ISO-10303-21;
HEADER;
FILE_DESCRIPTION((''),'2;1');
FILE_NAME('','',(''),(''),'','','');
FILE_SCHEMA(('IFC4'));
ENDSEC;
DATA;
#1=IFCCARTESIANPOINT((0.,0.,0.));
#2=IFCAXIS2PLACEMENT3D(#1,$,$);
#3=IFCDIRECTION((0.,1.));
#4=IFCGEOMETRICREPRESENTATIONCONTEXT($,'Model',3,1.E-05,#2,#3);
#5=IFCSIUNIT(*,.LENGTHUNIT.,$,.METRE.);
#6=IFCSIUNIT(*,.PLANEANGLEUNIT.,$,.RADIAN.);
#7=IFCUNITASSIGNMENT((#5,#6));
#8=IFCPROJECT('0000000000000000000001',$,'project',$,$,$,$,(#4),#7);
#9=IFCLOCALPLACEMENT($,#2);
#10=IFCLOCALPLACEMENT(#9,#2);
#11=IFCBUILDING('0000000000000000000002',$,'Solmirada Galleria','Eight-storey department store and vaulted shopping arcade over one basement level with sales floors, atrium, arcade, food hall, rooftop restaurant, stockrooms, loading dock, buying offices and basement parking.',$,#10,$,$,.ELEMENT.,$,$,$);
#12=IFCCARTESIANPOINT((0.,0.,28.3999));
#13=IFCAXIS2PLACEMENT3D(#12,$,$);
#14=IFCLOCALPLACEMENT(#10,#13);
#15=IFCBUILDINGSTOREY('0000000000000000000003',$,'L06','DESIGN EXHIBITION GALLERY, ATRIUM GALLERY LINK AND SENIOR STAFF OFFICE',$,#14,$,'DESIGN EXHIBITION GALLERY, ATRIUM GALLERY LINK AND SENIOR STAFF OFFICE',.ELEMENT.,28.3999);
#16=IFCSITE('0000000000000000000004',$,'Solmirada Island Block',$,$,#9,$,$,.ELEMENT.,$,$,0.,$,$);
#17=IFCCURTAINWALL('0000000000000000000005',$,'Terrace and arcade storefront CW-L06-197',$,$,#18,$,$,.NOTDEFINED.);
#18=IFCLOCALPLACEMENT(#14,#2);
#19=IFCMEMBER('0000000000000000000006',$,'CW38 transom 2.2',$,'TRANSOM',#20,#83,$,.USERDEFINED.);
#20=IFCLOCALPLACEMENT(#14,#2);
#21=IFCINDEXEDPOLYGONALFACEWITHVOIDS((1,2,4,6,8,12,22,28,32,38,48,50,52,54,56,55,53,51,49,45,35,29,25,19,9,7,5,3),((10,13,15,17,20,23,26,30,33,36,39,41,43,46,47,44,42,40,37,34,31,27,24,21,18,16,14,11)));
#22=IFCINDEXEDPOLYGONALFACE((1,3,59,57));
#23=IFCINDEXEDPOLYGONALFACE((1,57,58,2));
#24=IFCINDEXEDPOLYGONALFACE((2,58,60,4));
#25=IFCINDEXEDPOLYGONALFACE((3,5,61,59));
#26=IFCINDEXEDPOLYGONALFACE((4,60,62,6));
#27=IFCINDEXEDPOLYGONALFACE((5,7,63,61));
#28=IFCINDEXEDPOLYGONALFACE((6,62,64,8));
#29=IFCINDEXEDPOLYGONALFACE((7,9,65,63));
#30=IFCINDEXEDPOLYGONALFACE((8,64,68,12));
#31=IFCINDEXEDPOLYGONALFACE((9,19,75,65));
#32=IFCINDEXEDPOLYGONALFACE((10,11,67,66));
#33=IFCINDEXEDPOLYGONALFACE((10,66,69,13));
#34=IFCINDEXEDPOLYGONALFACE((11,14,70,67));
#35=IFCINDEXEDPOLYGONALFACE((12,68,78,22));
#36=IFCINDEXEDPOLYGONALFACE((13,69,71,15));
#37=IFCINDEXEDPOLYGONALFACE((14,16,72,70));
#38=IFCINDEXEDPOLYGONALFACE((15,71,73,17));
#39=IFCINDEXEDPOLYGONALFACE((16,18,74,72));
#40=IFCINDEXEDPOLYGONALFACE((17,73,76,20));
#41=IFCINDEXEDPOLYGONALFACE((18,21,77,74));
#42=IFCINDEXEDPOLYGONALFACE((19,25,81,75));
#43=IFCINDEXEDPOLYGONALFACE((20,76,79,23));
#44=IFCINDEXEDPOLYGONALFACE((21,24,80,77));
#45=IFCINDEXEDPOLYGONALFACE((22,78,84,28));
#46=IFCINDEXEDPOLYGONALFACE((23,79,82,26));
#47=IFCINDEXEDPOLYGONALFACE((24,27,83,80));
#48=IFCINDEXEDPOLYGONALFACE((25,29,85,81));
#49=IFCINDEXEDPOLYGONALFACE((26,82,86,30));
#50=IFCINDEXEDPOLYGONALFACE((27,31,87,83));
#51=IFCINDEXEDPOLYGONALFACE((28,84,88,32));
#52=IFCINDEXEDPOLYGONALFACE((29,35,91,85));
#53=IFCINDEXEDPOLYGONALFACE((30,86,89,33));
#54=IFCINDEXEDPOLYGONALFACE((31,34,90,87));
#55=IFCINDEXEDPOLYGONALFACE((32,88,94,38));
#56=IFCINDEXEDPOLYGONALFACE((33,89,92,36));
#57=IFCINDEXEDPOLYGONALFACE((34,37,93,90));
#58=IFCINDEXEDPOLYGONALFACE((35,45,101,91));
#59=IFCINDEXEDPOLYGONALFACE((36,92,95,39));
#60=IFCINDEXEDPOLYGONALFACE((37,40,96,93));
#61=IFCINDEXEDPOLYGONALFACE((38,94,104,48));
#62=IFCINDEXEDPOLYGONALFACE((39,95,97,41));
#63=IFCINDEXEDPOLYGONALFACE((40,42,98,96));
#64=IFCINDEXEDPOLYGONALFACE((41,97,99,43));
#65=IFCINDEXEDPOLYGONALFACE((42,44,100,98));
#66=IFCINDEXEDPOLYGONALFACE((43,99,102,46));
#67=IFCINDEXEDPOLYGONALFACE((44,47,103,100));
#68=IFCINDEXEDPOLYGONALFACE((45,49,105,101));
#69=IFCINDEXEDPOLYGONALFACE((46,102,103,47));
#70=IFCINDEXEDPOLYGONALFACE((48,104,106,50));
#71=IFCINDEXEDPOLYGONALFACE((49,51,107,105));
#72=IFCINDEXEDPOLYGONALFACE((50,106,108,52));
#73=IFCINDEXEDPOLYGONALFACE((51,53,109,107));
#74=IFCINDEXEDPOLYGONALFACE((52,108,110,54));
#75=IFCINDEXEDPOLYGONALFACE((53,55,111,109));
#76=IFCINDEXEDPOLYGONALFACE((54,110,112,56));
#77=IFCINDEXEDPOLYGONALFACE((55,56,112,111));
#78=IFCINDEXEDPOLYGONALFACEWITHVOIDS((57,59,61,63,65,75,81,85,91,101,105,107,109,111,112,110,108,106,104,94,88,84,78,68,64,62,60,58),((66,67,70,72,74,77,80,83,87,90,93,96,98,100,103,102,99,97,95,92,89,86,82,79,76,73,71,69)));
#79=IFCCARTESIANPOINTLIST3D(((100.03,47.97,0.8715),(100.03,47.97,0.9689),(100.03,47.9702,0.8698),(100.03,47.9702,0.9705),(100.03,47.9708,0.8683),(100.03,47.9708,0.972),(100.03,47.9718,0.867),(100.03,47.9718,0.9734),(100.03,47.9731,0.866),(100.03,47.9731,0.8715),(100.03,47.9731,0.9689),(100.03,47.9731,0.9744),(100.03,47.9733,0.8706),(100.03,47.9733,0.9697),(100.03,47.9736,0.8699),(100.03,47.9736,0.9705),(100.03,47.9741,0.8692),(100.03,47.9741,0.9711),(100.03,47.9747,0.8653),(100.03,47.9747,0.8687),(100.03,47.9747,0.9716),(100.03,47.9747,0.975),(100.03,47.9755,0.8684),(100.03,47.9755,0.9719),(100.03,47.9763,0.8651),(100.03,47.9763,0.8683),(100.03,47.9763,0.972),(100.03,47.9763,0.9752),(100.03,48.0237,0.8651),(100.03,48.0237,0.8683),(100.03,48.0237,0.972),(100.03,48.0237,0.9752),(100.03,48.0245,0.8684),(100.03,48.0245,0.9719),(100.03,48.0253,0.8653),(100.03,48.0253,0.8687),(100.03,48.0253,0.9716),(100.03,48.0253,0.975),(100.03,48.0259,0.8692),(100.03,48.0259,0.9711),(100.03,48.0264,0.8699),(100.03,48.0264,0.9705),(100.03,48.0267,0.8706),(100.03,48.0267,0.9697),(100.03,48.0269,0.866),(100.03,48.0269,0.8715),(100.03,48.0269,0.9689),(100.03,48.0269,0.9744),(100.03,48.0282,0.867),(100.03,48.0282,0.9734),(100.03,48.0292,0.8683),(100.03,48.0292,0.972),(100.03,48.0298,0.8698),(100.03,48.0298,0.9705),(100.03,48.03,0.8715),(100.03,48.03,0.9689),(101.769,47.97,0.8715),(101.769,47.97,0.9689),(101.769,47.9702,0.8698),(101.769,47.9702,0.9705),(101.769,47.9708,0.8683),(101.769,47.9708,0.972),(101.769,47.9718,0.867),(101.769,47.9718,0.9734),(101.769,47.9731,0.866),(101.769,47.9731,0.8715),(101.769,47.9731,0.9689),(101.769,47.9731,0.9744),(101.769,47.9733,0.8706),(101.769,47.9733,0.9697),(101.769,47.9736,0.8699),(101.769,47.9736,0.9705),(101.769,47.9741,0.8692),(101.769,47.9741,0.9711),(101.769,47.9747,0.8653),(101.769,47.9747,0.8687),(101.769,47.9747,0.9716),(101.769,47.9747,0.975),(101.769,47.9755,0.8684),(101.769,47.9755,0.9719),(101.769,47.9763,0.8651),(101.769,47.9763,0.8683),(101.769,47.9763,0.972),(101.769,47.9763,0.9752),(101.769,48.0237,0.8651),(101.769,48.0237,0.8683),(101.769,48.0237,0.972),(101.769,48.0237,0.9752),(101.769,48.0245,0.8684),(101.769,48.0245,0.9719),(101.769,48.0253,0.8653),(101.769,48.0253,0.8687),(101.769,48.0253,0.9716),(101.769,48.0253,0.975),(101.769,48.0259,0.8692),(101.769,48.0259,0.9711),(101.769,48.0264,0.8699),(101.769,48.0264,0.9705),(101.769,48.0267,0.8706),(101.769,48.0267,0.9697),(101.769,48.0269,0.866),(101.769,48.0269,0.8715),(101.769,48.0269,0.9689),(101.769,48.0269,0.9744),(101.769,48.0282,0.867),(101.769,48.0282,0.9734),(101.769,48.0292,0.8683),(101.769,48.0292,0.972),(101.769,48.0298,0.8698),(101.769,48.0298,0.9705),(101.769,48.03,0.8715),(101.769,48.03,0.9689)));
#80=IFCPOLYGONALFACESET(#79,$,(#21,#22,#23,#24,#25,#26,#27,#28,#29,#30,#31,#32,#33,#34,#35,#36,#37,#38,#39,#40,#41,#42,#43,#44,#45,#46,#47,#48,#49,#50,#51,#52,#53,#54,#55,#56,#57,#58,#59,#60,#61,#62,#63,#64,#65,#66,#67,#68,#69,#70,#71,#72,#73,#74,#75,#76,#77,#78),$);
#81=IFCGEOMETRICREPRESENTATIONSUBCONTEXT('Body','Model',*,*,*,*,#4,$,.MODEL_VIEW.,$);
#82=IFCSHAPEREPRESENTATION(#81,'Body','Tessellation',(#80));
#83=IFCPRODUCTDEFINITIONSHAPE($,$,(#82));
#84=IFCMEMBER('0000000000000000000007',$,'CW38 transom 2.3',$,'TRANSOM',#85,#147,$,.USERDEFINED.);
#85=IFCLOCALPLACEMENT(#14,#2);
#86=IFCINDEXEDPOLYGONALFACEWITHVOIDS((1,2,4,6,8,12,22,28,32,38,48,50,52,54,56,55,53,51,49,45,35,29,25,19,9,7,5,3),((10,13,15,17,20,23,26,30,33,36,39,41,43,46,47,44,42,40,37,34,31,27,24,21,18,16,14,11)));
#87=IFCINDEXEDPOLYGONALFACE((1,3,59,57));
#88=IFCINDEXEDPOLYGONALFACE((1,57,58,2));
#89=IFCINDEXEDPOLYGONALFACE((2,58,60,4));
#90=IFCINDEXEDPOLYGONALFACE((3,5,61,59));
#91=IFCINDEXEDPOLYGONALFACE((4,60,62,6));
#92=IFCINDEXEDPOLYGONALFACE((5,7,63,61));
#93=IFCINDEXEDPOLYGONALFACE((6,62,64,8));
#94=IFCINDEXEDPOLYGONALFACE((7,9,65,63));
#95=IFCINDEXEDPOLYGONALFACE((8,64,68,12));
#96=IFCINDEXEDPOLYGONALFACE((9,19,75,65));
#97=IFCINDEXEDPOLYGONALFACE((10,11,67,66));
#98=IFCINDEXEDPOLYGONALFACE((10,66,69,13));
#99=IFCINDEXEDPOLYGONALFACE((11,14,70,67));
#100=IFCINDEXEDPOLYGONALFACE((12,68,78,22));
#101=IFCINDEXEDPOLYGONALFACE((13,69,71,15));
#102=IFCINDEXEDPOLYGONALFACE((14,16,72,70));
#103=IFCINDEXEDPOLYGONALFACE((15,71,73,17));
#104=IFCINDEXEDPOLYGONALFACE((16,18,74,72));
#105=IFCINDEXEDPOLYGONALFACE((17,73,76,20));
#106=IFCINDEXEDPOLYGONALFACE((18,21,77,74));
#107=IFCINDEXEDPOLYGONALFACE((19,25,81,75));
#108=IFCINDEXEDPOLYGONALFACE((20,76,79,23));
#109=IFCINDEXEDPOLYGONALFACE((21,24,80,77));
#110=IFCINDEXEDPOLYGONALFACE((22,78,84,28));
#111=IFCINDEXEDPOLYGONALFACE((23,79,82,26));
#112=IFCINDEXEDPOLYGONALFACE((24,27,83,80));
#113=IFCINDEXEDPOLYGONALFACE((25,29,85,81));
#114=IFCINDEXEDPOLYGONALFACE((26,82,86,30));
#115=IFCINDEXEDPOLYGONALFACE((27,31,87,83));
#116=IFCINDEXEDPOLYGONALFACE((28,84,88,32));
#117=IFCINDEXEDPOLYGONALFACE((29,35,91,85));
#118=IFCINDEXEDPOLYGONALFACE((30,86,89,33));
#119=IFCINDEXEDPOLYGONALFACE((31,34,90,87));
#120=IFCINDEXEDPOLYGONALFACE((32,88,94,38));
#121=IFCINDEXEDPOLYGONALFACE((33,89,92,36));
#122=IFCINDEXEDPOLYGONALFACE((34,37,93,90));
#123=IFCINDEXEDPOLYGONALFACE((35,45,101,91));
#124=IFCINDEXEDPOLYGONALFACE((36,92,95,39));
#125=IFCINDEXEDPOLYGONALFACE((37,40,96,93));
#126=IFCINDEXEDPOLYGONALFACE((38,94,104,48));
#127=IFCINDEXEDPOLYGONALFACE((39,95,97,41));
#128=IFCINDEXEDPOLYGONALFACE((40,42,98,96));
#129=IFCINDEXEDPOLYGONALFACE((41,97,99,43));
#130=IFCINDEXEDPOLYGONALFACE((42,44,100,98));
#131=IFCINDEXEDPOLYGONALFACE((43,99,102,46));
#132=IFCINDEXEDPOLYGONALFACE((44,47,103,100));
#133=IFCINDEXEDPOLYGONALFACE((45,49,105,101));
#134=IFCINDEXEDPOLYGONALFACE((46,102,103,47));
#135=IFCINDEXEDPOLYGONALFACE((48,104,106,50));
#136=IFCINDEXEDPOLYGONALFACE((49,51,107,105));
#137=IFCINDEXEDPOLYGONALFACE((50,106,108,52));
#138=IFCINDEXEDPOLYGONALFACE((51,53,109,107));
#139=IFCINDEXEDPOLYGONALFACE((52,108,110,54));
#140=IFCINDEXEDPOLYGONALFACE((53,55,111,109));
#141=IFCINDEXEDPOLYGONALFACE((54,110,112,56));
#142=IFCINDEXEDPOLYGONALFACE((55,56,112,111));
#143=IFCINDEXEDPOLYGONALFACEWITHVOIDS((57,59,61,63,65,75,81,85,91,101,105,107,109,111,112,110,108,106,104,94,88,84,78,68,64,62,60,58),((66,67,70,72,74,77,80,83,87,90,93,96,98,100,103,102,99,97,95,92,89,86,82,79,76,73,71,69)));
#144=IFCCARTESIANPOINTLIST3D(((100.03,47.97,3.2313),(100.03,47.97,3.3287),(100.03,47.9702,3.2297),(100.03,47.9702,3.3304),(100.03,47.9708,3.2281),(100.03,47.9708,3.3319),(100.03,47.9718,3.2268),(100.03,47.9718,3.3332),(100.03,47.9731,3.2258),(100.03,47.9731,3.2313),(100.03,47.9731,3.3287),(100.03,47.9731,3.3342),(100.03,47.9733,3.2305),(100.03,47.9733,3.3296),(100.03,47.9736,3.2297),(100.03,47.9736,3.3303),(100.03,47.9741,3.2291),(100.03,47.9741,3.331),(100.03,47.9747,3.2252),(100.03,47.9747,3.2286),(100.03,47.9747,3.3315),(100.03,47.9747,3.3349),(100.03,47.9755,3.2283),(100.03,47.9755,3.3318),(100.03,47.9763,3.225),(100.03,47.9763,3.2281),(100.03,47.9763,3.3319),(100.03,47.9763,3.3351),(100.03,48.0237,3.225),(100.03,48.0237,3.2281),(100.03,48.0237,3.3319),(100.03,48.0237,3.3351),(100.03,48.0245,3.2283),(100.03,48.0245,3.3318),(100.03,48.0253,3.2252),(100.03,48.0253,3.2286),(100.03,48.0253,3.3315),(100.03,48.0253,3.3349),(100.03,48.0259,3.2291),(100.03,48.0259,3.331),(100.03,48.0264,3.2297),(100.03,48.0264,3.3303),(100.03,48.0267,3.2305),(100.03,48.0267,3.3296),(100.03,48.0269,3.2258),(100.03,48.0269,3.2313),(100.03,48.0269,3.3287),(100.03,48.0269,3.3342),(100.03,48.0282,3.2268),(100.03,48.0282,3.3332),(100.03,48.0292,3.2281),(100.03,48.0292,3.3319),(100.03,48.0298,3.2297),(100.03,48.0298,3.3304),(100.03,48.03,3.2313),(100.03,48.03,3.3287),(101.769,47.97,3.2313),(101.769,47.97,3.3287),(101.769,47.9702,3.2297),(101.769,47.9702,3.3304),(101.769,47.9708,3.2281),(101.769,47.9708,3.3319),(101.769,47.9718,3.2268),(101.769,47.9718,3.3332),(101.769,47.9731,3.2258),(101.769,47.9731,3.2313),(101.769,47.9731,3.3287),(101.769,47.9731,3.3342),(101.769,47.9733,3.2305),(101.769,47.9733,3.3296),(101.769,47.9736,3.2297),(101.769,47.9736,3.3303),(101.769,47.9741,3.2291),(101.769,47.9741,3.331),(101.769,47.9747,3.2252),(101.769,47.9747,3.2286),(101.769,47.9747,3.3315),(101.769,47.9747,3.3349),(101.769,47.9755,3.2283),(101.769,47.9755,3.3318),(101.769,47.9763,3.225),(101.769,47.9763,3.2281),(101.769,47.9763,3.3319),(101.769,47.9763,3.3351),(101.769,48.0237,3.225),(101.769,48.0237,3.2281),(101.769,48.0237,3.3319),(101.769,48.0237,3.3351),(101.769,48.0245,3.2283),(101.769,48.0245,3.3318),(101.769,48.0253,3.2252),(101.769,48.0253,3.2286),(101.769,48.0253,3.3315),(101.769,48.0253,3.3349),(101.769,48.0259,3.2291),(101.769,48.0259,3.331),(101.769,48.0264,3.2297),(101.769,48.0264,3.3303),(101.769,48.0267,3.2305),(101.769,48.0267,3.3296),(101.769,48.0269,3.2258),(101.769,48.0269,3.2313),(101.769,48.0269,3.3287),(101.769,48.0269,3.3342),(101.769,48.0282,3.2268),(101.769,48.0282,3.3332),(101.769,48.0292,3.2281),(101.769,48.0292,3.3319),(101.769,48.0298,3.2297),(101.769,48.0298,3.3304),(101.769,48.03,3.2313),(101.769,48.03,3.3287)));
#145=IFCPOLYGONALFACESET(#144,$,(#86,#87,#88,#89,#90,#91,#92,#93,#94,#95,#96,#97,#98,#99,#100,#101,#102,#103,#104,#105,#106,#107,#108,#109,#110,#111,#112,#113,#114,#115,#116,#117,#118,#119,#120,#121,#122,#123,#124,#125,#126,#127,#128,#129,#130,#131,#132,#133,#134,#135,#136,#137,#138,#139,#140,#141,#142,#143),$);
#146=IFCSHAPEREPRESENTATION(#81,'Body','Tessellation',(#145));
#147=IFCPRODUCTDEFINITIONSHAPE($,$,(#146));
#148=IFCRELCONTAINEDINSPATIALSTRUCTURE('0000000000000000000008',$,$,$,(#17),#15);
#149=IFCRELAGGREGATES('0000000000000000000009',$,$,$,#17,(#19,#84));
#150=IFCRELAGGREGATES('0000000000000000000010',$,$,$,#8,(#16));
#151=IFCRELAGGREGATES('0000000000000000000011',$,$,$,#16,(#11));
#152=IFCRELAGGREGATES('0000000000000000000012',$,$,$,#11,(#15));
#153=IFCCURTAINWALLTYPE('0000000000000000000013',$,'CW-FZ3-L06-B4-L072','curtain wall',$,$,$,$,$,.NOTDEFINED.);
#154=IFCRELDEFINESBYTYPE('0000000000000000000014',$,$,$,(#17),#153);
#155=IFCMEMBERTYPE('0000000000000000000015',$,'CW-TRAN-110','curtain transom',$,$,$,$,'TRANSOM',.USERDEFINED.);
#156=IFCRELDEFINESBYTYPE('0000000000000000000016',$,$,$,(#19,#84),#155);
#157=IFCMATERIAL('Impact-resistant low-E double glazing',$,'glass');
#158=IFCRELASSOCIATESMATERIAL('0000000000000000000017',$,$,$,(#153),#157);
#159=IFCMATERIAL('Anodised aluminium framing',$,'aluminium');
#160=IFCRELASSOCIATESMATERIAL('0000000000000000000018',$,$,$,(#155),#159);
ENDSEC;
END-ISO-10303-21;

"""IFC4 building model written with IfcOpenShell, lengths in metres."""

from ifc_helpers import new_model, si_unit, direction, frame, origin, origin_2d, place, context, subcontext, project, spatial, hollow_rectangle, extrude, material, material_profile, profile_set, type_object, element, aggregate, save


model = new_model("IFC4")

# Units and contexts
model_context = context("Model", 3, precision=1e-05, world=origin(), true_north=direction((0.0, 1.0)))
body_context = subcontext(model_context, "Body", "Model", "MODEL_VIEW")
ifc_project = project(units=[si_unit("LENGTHUNIT", "METRE"), si_unit("PLANEANGLEUNIT", "RADIAN")], contexts=[model_context])

# Site, building, storey
site_placement = place(None, origin())
site = spatial("IfcSite", under=ifc_project, at=site_placement, Name="Solmirada Island Block", CompositionType="ELEMENT", RefElevation=0.0)
building_placement = place(site_placement, origin())
building = spatial("IfcBuilding", under=site, at=building_placement, Name="Solmirada Galleria", Description="Eight-storey department store and vaulted shopping arcade over one basement level with sales floors, atrium, arcade, food hall, rooftop restaurant, stockrooms, loading dock, buying offices and basement parking.", CompositionType="ELEMENT")
storey_placement = place(building_placement, frame((0.0, 0.0, 28.3999)))
storey = spatial("IfcBuildingStorey", under=building, at=storey_placement, Name="L06", Description="DESIGN EXHIBITION GALLERY, ATRIUM GALLERY LINK AND SENIOR STAFF OFFICE", LongName="DESIGN EXHIBITION GALLERY, ATRIUM GALLERY LINK AND SENIOR STAFF OFFICE", CompositionType="ELEMENT", Elevation=28.3999)

# Shared definitions
ifc_material_1 = material(Name="Impact-resistant low-E double glazing", Category="glass")
curtain_wall_type = type_object("IfcCurtainWallType", Name="CW-FZ3-L06-B4-L072", Description="curtain wall", PredefinedType="NOTDEFINED", material=ifc_material_1)
ifc_material_2 = material(Name="Anodised aluminium framing", Category="aluminium")

# Curtain wall, members
curtain_wall_1_placement = place(storey_placement, origin())
curtain_wall_1 = element("IfcCurtainWall", 1, at=curtain_wall_1_placement, inside=storey, type_object=curtain_wall_type, Name="Terrace and arcade storefront CW-L06-197", PredefinedType="NOTDEFINED")
ifc_material_profile_1 = material_profile(ifc_material_2, hollow_rectangle(XDim=0.0601, YDim=0.1101, WallThickness=0.0032, InnerFilletRadius=0.0032, OuterFilletRadius=0.0063, at=origin_2d()), Name="ALU-TRAN-110X60")
ifc_profile_set_1 = profile_set([ifc_material_profile_1], Name="Anodised aluminium framing")
member_type_1 = type_object("IfcMemberType", Name="CW-TRAN-110", Description="curtain transom", ElementType="TRANSOM", PredefinedType="USERDEFINED", material=ifc_profile_set_1)
member_1_placement = place(storey_placement, frame((101.769, 48.0, 0.9202), z_axis=(-1.0, 0.0, 0.0), x_axis=(0.0, -1.0, 0.0)))
member_1 = element("IfcMember", 2, at=member_1_placement, type_object=member_type_1, Name="CW38 transom 2.2", ObjectType="TRANSOM", PredefinedType="USERDEFINED", context=body_context, shape_type="SweptSolid", body=[
    extrude(hollow_rectangle(XDim=0.0601, YDim=0.1101, WallThickness=0.0032, InnerFilletRadius=0.0032, OuterFilletRadius=0.0063, at=origin_2d()), origin(), (0.0, 0.0, 1.0), 1.739),
])
member_2_placement = place(storey_placement, frame((101.769, 48.0, 3.28), z_axis=(-1.0, 0.0, 0.0), x_axis=(0.0, -1.0, 0.0)))
member_2 = element("IfcMember", 3, at=member_2_placement, type_object=member_type_1, Name="CW38 transom 2.3", ObjectType="TRANSOM", PredefinedType="USERDEFINED", context=body_context, shape_type="SweptSolid", body=[
    extrude(hollow_rectangle(XDim=0.0601, YDim=0.1101, WallThickness=0.0032, InnerFilletRadius=0.0032, OuterFilletRadius=0.0063, at=origin_2d()), origin(), (0.0, 0.0, 1.0), 1.739),
])

aggregate(curtain_wall_1, [member_1, member_2])

save(model, "model.ifc")
